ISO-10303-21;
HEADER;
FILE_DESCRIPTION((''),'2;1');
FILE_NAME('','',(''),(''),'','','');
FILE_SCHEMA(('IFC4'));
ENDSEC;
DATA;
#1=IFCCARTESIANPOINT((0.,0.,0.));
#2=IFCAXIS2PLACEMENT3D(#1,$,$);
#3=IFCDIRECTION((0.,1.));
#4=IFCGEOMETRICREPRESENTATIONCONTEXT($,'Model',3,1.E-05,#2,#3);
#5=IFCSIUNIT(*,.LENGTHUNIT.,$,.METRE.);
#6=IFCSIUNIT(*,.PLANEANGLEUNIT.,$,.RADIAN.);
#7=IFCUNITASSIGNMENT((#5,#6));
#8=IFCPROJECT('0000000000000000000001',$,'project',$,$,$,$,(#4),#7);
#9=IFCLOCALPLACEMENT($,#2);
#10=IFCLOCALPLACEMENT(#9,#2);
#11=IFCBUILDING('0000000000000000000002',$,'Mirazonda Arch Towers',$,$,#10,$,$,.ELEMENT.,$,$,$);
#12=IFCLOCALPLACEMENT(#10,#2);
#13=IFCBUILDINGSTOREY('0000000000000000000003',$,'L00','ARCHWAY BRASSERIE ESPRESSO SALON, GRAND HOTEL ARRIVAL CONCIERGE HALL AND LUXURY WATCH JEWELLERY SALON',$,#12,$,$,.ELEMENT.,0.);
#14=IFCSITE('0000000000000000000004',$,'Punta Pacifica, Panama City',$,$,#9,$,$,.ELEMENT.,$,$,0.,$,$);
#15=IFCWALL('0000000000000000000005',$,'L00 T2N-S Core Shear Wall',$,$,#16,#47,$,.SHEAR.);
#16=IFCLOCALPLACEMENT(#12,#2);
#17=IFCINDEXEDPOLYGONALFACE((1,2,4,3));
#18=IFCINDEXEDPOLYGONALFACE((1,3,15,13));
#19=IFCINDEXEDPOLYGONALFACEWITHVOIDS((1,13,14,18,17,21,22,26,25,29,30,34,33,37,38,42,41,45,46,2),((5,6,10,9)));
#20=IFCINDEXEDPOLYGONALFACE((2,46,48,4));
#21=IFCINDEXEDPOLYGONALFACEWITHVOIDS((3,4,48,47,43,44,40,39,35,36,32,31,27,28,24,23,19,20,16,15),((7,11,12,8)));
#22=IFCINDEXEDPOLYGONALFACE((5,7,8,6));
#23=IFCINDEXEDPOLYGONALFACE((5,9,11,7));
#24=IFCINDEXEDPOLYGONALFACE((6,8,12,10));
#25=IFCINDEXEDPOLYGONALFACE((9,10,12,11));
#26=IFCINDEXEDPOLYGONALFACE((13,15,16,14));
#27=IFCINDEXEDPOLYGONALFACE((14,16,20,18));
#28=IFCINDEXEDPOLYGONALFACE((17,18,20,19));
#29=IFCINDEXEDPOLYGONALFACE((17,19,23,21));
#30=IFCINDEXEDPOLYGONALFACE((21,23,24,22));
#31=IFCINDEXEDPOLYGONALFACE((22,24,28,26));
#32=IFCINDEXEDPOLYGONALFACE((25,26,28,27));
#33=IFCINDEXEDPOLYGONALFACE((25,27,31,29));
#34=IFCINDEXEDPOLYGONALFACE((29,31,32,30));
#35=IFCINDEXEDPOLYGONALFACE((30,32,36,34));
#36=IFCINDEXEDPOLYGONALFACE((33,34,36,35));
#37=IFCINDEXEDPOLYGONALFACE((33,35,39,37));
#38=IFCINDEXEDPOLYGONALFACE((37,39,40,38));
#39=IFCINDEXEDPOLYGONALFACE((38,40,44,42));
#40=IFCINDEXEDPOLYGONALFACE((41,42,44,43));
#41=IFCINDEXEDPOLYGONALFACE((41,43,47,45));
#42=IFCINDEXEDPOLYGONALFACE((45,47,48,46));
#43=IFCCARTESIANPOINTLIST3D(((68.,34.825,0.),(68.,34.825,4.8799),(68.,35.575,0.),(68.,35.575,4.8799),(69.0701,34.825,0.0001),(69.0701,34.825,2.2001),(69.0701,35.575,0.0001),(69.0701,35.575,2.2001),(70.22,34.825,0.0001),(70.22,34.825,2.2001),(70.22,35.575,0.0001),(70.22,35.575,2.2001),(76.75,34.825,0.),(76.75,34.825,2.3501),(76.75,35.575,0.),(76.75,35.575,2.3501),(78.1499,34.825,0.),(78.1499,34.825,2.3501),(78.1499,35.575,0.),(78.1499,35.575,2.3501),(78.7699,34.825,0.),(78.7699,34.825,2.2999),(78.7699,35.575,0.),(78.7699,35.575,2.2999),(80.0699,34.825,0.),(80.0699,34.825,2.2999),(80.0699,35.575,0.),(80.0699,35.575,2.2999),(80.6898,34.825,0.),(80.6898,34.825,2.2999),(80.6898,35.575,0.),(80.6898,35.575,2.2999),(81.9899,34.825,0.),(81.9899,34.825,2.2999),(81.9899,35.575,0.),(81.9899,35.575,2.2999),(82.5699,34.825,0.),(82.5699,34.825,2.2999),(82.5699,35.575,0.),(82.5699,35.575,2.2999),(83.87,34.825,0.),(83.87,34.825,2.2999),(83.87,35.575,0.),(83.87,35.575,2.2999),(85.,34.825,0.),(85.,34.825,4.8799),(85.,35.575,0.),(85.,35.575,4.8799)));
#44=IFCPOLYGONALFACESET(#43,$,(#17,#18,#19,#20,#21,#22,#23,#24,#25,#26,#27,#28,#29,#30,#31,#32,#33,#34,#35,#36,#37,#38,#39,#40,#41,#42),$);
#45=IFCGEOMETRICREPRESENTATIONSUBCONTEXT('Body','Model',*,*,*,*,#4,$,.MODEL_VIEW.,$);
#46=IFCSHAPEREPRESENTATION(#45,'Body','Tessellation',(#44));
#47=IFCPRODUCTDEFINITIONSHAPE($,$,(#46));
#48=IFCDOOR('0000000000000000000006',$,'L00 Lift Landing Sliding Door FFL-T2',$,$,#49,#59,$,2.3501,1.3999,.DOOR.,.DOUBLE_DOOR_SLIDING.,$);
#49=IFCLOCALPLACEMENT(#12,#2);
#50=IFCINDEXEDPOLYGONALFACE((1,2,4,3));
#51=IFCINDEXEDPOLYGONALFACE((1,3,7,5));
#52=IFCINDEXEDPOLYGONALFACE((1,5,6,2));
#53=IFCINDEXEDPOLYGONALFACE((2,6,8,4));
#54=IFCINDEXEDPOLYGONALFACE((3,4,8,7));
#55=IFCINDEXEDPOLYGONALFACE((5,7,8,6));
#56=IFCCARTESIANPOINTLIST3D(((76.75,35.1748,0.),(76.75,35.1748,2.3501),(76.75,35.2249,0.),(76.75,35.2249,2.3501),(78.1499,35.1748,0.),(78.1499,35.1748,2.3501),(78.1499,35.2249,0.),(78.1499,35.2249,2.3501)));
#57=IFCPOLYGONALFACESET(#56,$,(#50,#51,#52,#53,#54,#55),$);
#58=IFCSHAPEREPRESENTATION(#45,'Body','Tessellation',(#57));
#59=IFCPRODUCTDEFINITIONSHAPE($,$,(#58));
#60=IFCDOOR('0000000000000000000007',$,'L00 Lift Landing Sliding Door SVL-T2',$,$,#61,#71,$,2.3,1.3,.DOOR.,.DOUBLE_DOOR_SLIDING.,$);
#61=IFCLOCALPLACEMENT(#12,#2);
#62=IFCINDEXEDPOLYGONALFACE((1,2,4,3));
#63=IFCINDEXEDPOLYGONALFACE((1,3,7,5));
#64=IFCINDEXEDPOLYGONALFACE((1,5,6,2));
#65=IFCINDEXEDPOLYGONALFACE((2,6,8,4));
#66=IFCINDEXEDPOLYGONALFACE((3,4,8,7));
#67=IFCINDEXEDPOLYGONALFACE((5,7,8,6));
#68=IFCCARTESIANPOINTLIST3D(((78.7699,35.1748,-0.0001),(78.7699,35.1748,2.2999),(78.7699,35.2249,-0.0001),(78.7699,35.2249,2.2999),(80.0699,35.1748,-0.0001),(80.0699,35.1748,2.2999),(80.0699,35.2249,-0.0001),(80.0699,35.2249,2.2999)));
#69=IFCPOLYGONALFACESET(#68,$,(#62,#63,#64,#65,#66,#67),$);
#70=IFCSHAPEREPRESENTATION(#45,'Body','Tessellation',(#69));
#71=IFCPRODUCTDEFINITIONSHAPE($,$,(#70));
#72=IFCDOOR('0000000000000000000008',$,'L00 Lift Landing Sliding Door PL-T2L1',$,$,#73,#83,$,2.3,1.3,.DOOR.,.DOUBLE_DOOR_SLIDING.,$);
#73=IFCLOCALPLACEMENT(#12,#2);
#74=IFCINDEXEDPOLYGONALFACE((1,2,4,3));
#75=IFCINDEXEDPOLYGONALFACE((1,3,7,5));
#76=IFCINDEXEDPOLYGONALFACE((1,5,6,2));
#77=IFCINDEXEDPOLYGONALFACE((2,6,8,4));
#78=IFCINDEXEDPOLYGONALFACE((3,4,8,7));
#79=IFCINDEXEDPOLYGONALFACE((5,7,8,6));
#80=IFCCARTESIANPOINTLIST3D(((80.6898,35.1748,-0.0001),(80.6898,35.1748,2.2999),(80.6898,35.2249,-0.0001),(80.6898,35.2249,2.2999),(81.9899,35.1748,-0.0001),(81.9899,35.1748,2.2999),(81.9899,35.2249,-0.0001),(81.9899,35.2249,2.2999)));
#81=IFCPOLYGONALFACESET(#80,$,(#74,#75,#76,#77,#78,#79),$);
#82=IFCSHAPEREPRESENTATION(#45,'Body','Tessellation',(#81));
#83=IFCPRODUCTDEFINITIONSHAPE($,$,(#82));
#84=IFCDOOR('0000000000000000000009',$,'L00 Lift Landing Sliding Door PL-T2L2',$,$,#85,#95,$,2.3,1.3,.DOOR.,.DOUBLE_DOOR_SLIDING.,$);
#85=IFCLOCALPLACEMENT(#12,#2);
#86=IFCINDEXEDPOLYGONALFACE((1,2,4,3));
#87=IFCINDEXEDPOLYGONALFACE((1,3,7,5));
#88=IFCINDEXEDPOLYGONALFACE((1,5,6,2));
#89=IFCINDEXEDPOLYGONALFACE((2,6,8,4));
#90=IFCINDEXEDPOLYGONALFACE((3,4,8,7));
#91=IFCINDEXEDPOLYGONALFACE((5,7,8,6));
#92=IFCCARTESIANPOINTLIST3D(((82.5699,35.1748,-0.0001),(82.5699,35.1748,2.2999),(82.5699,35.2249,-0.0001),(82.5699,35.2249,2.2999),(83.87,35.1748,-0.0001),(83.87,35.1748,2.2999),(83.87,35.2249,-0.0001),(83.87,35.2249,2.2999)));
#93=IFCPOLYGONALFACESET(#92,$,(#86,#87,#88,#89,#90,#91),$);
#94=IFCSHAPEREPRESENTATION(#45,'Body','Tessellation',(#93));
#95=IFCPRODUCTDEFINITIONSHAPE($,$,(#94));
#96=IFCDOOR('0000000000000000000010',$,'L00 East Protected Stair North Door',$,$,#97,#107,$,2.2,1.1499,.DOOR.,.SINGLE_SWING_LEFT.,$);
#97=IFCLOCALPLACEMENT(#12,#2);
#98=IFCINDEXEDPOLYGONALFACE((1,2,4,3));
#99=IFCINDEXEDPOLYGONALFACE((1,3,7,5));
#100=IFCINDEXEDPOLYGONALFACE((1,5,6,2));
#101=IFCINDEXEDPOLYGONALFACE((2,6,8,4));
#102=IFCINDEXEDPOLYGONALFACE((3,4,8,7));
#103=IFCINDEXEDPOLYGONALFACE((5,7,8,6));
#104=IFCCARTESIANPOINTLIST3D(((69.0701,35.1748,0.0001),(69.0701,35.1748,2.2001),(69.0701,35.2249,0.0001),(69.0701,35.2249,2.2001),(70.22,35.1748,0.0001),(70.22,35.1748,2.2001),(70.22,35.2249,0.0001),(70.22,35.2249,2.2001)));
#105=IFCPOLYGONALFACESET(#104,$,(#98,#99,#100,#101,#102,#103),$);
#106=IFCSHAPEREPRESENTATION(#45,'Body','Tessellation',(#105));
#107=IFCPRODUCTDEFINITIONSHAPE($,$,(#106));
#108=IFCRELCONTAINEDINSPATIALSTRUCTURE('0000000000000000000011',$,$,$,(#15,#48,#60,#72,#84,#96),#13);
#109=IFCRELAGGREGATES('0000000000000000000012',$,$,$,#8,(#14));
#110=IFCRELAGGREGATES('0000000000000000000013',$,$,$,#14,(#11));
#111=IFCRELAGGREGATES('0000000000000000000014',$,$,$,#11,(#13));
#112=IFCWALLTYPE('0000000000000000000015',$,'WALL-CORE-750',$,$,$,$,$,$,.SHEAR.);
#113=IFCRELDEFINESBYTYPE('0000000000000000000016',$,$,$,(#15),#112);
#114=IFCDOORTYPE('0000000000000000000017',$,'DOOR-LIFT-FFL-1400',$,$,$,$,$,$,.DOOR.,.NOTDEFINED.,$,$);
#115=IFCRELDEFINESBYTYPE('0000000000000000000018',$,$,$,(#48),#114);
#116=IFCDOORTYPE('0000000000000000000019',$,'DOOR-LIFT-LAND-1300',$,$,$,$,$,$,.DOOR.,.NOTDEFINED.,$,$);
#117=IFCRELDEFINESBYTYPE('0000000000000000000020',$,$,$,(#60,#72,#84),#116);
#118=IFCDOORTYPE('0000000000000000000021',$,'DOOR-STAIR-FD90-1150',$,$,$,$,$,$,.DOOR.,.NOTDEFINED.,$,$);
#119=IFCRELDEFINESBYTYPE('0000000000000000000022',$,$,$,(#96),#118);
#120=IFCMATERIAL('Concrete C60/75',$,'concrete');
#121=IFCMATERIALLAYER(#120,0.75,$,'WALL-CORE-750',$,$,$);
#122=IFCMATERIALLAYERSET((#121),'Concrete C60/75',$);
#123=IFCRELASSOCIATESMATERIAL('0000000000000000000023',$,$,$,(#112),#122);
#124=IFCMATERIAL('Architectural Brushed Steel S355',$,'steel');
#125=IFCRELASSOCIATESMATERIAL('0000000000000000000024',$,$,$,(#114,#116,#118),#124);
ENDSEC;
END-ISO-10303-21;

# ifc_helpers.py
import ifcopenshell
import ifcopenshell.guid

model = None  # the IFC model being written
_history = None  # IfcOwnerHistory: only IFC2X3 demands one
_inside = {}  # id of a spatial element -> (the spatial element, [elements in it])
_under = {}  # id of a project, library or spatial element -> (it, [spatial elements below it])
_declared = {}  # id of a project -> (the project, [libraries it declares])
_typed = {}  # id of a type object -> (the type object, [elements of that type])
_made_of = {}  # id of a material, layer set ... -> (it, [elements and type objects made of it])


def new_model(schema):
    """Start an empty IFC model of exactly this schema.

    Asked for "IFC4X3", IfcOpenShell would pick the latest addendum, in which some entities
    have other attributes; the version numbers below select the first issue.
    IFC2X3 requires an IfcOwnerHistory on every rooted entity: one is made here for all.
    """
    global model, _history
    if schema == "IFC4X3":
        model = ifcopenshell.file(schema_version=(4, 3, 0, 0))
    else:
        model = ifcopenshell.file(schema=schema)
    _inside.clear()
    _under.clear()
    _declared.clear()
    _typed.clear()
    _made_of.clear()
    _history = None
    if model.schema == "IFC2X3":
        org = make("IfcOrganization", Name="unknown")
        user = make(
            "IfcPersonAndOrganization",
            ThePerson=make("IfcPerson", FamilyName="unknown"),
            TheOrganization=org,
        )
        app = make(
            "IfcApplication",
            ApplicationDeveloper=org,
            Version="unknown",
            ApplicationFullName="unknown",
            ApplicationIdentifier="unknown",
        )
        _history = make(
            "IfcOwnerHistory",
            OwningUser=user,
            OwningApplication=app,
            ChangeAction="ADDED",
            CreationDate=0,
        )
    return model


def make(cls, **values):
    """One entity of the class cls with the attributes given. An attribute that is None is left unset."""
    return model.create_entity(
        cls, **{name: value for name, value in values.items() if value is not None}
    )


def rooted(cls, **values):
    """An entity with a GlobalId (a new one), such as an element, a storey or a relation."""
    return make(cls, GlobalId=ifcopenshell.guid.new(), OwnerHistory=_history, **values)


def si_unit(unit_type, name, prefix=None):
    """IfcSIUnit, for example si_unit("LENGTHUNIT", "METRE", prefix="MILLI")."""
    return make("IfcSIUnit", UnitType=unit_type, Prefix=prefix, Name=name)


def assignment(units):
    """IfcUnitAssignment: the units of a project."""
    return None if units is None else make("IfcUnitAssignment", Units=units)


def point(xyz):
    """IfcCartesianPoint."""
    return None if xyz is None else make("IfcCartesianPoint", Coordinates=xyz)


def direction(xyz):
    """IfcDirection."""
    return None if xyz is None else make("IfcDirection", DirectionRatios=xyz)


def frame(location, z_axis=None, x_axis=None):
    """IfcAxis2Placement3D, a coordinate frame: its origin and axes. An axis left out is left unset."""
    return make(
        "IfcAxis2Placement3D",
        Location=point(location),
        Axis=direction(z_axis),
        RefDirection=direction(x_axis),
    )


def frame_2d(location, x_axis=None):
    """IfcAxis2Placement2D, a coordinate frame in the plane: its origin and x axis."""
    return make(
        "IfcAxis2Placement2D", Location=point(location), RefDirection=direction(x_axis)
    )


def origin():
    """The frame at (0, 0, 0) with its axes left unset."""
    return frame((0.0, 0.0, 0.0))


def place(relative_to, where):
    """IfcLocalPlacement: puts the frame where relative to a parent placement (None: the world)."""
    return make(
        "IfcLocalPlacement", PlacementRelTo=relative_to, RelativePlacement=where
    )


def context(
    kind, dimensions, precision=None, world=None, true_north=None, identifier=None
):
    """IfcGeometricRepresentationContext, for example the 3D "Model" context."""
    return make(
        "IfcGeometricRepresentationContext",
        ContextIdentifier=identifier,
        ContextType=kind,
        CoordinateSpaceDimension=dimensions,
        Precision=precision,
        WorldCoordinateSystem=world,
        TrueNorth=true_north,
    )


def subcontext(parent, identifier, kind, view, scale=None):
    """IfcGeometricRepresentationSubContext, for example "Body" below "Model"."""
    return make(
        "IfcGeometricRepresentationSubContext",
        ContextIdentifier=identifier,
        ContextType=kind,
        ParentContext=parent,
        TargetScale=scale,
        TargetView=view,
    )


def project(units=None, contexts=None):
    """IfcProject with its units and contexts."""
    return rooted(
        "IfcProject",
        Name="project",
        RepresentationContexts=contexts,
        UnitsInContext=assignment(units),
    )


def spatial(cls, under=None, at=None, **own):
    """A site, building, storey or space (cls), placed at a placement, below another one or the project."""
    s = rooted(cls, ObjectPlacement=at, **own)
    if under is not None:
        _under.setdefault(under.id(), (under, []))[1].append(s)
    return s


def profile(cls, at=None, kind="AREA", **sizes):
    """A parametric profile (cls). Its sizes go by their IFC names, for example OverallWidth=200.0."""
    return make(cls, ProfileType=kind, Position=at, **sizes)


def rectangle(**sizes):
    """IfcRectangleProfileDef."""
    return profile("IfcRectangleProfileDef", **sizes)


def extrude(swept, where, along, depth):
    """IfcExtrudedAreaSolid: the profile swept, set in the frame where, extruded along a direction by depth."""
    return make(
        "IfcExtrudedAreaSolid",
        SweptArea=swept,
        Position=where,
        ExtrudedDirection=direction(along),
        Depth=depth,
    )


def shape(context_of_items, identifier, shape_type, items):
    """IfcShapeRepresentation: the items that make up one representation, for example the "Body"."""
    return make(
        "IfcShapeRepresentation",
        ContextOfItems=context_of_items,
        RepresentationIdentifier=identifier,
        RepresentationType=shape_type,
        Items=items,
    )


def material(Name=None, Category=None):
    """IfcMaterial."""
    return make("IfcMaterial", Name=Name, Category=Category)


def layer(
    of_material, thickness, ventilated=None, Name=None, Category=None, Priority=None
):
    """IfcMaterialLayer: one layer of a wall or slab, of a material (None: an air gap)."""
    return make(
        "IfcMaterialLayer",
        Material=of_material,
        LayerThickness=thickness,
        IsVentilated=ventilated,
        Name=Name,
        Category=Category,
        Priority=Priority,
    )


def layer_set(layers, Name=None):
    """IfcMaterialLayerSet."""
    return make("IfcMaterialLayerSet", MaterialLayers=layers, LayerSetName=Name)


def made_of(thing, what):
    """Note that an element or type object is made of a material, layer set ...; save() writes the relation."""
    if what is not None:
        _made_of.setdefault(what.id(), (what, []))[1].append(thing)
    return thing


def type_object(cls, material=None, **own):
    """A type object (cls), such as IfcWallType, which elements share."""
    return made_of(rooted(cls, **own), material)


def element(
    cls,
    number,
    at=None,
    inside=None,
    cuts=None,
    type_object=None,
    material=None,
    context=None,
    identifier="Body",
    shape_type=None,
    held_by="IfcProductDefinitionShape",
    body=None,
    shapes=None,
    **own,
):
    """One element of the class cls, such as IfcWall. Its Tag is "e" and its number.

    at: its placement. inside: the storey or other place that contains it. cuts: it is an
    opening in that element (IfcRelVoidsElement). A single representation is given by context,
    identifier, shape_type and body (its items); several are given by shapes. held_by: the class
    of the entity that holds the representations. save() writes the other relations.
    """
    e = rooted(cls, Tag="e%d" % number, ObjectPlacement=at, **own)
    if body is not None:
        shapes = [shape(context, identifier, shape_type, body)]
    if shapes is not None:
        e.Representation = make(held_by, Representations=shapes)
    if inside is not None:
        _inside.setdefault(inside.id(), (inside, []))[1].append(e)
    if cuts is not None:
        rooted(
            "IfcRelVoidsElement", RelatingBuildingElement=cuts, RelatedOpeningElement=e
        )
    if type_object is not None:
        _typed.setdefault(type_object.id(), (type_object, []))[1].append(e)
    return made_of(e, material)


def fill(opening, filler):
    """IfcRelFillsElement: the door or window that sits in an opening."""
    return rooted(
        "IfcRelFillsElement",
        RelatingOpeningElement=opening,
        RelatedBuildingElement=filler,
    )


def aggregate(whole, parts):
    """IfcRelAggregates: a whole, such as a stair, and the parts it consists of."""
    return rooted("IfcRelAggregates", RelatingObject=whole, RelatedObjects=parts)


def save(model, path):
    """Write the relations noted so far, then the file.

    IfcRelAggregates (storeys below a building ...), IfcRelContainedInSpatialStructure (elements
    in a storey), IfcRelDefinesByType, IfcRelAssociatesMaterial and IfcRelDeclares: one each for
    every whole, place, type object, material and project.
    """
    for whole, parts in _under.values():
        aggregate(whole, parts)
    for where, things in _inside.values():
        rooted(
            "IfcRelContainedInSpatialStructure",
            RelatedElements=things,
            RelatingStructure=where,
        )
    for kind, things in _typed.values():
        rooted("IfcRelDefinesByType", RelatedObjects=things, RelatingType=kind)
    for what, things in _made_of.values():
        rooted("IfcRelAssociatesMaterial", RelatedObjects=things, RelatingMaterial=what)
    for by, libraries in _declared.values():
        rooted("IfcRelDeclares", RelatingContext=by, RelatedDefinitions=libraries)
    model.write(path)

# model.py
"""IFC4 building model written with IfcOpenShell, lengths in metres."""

from ifc_helpers import new_model, si_unit, direction, frame, frame_2d, origin, place, context, subcontext, project, spatial, rectangle, extrude, material, layer, layer_set, type_object, element, fill, save


model = new_model("IFC4")

# Units and contexts
model_context = context("Model", 3, precision=1e-05, world=origin(), true_north=direction((0.0, 1.0)))
body_context = subcontext(model_context, "Body", "Model", "MODEL_VIEW")
ifc_project = project(units=[si_unit("LENGTHUNIT", "METRE"), si_unit("PLANEANGLEUNIT", "RADIAN")], contexts=[model_context])

# Site, building, storey
site_placement = place(None, origin())
site = spatial("IfcSite", under=ifc_project, at=site_placement, Name="Punta Pacifica, Panama City", CompositionType="ELEMENT", RefElevation=0.0)
building_placement = place(site_placement, origin())
building = spatial("IfcBuilding", under=site, at=building_placement, Name="Mirazonda Arch Towers", CompositionType="ELEMENT")
storey_placement = place(building_placement, origin())
storey = spatial("IfcBuildingStorey", under=building, at=storey_placement, Name="L00", Description="ARCHWAY BRASSERIE ESPRESSO SALON, GRAND HOTEL ARRIVAL CONCIERGE HALL AND LUXURY WATCH JEWELLERY SALON", CompositionType="ELEMENT", Elevation=0.0)

# Shared definitions
ifc_material_1 = material(Name="Concrete C60/75", Category="concrete")

# Shared definitions
ifc_layer_1 = layer(ifc_material_1, 0.75, Name="WALL-CORE-750")
ifc_layer_set_1 = layer_set([ifc_layer_1], Name="Concrete C60/75")
wall_type_1 = type_object("IfcWallType", Name="WALL-CORE-750", PredefinedType="SHEAR", material=ifc_layer_set_1)

# Wall, openings, doors
wall_1_placement = place(storey_placement, frame((68.0, 35.2, 0.0), z_axis=(0.0, 0.0, 1.0), x_axis=(1.0, 0.0, 0.0)))
wall_1 = element("IfcWall", 1, at=wall_1_placement, inside=storey, type_object=wall_type_1, Name="L00 T2N-S Core Shear Wall", PredefinedType="SHEAR", context=body_context, shape_type="SweptSolid", body=[
    extrude(rectangle(XDim=17.0, YDim=0.75, at=frame_2d((8.5, 0.0))), origin(), (0.0, 0.0, 1.0), 4.8799),
])
opening_1_placement = place(wall_1_placement, frame((1.0701, 0.0, 0.0)))
opening_1 = element("IfcOpeningElement", 2, at=opening_1_placement, cuts=wall_1, PredefinedType="OPENING", context=body_context, shape_type="SweptSolid", body=[
    extrude(rectangle(XDim=1.1499, YDim=2.2, at=frame_2d((0.575, 1.1001))), frame((0.0, 0.385, 0.0), z_axis=(0.0, -1.0, 0.0), x_axis=(1.0, 0.0, 0.0)), (0.0, 0.0, 1.0), 0.77),
])
opening_2_placement = place(wall_1_placement, frame((8.75, 0.0, 0.0)))
opening_2 = element("IfcOpeningElement", 3, at=opening_2_placement, cuts=wall_1, PredefinedType="OPENING", context=body_context, shape_type="SweptSolid", body=[
    extrude(rectangle(XDim=1.3999, YDim=2.3501, at=frame_2d((0.7, 1.175))), frame((0.0, 0.385, 0.0), z_axis=(0.0, -1.0, 0.0), x_axis=(1.0, 0.0, 0.0)), (0.0, 0.0, 1.0), 0.77),
])
opening_3_placement = place(wall_1_placement, frame((10.77, 0.0, 0.0)))
opening_3 = element("IfcOpeningElement", 4, at=opening_3_placement, cuts=wall_1, PredefinedType="OPENING", context=body_context, shape_type="SweptSolid", body=[
    extrude(rectangle(XDim=1.3, YDim=2.3, at=frame_2d((0.6499, 1.1499))), frame((0.0, 0.385, 0.0), z_axis=(0.0, -1.0, 0.0), x_axis=(1.0, 0.0, 0.0)), (0.0, 0.0, 1.0), 0.77),
])
opening_4_placement = place(wall_1_placement, frame((12.6899, 0.0, 0.0)))
opening_4 = element("IfcOpeningElement", 5, at=opening_4_placement, cuts=wall_1, PredefinedType="OPENING", context=body_context, shape_type="SweptSolid", body=[
    extrude(rectangle(XDim=1.3, YDim=2.3, at=frame_2d((0.6499, 1.1499))), frame((0.0, 0.385, 0.0), z_axis=(0.0, -1.0, 0.0), x_axis=(1.0, 0.0, 0.0)), (0.0, 0.0, 1.0), 0.77),
])
opening_5_placement = place(wall_1_placement, frame((14.5701, 0.0, 0.0)))
opening_5 = element("IfcOpeningElement", 6, at=opening_5_placement, cuts=wall_1, PredefinedType="OPENING", context=body_context, shape_type="SweptSolid", body=[
    extrude(rectangle(XDim=1.3, YDim=2.3, at=frame_2d((0.6499, 1.1499))), frame((0.0, 0.385, 0.0), z_axis=(0.0, -1.0, 0.0), x_axis=(1.0, 0.0, 0.0)), (0.0, 0.0, 1.0), 0.77),
])
ifc_material_2 = material(Name="Architectural Brushed Steel S355", Category="steel")
door_type_1 = type_object("IfcDoorType", Name="DOOR-LIFT-FFL-1400", OperationType="NOTDEFINED", PredefinedType="DOOR", material=ifc_material_2)
door_1_placement = place(opening_2_placement, origin())
door_1 = element("IfcDoor", 7, at=door_1_placement, inside=storey, type_object=door_type_1, Name="L00 Lift Landing Sliding Door FFL-T2", OperationType="DOUBLE_DOOR_SLIDING", OverallHeight=2.3501, OverallWidth=1.3999, PredefinedType="DOOR", context=body_context, shape_type="SweptSolid", body=[
    extrude(rectangle(XDim=1.3999, YDim=2.3501, at=frame_2d((0.7, 1.175))), frame((0.0, 0.0249, 0.0), z_axis=(0.0, -1.0, 0.0), x_axis=(1.0, 0.0, 0.0)), (0.0, 0.0, 1.0), 0.05),
])
fill(opening_2, door_1)
door_type_2 = type_object("IfcDoorType", Name="DOOR-LIFT-LAND-1300", OperationType="NOTDEFINED", PredefinedType="DOOR", material=ifc_material_2)
door_2_placement = place(opening_3_placement, origin())
door_2 = element("IfcDoor", 8, at=door_2_placement, inside=storey, type_object=door_type_2, Name="L00 Lift Landing Sliding Door SVL-T2", OperationType="DOUBLE_DOOR_SLIDING", OverallHeight=2.3, OverallWidth=1.3, PredefinedType="DOOR", context=body_context, shape_type="SweptSolid", body=[
    extrude(rectangle(XDim=1.3, YDim=2.3, at=frame_2d((0.6499, 1.1499))), frame((0.0, 0.0249, 0.0), z_axis=(0.0, -1.0, 0.0), x_axis=(1.0, 0.0, 0.0)), (0.0, 0.0, 1.0), 0.05),
])
fill(opening_3, door_2)
door_3_placement = place(opening_4_placement, origin())
door_3 = element("IfcDoor", 9, at=door_3_placement, inside=storey, type_object=door_type_2, Name="L00 Lift Landing Sliding Door PL-T2L1", OperationType="DOUBLE_DOOR_SLIDING", OverallHeight=2.3, OverallWidth=1.3, PredefinedType="DOOR", context=body_context, shape_type="SweptSolid", body=[
    extrude(rectangle(XDim=1.3, YDim=2.3, at=frame_2d((0.6499, 1.1499))), frame((0.0, 0.0249, 0.0), z_axis=(0.0, -1.0, 0.0), x_axis=(1.0, 0.0, 0.0)), (0.0, 0.0, 1.0), 0.05),
])
fill(opening_4, door_3)
door_4_placement = place(opening_5_placement, origin())
door_4 = element("IfcDoor", 10, at=door_4_placement, inside=storey, type_object=door_type_2, Name="L00 Lift Landing Sliding Door PL-T2L2", OperationType="DOUBLE_DOOR_SLIDING", OverallHeight=2.3, OverallWidth=1.3, PredefinedType="DOOR", context=body_context, shape_type="SweptSolid", body=[
    extrude(rectangle(XDim=1.3, YDim=2.3, at=frame_2d((0.6499, 1.1499))), frame((0.0, 0.0249, 0.0), z_axis=(0.0, -1.0, 0.0), x_axis=(1.0, 0.0, 0.0)), (0.0, 0.0, 1.0), 0.05),
])
fill(opening_5, door_4)
door_type_3 = type_object("IfcDoorType", Name="DOOR-STAIR-FD90-1150", OperationType="NOTDEFINED", PredefinedType="DOOR", material=ifc_material_2)
door_5_placement = place(opening_1_placement, origin())
door_5 = element("IfcDoor", 11, at=door_5_placement, inside=storey, type_object=door_type_3, Name="L00 East Protected Stair North Door", OperationType="SINGLE_SWING_LEFT", OverallHeight=2.2, OverallWidth=1.1499, PredefinedType="DOOR", context=body_context, shape_type="SweptSolid", body=[
    extrude(rectangle(XDim=1.1499, YDim=2.2, at=frame_2d((0.575, 1.1001))), frame((0.0, 0.0249, 0.0), z_axis=(0.0, -1.0, 0.0), x_axis=(1.0, 0.0, 0.0)), (0.0, 0.0, 1.0), 0.05),
])
fill(opening_1, door_5)

save(model, "model.ifc")
